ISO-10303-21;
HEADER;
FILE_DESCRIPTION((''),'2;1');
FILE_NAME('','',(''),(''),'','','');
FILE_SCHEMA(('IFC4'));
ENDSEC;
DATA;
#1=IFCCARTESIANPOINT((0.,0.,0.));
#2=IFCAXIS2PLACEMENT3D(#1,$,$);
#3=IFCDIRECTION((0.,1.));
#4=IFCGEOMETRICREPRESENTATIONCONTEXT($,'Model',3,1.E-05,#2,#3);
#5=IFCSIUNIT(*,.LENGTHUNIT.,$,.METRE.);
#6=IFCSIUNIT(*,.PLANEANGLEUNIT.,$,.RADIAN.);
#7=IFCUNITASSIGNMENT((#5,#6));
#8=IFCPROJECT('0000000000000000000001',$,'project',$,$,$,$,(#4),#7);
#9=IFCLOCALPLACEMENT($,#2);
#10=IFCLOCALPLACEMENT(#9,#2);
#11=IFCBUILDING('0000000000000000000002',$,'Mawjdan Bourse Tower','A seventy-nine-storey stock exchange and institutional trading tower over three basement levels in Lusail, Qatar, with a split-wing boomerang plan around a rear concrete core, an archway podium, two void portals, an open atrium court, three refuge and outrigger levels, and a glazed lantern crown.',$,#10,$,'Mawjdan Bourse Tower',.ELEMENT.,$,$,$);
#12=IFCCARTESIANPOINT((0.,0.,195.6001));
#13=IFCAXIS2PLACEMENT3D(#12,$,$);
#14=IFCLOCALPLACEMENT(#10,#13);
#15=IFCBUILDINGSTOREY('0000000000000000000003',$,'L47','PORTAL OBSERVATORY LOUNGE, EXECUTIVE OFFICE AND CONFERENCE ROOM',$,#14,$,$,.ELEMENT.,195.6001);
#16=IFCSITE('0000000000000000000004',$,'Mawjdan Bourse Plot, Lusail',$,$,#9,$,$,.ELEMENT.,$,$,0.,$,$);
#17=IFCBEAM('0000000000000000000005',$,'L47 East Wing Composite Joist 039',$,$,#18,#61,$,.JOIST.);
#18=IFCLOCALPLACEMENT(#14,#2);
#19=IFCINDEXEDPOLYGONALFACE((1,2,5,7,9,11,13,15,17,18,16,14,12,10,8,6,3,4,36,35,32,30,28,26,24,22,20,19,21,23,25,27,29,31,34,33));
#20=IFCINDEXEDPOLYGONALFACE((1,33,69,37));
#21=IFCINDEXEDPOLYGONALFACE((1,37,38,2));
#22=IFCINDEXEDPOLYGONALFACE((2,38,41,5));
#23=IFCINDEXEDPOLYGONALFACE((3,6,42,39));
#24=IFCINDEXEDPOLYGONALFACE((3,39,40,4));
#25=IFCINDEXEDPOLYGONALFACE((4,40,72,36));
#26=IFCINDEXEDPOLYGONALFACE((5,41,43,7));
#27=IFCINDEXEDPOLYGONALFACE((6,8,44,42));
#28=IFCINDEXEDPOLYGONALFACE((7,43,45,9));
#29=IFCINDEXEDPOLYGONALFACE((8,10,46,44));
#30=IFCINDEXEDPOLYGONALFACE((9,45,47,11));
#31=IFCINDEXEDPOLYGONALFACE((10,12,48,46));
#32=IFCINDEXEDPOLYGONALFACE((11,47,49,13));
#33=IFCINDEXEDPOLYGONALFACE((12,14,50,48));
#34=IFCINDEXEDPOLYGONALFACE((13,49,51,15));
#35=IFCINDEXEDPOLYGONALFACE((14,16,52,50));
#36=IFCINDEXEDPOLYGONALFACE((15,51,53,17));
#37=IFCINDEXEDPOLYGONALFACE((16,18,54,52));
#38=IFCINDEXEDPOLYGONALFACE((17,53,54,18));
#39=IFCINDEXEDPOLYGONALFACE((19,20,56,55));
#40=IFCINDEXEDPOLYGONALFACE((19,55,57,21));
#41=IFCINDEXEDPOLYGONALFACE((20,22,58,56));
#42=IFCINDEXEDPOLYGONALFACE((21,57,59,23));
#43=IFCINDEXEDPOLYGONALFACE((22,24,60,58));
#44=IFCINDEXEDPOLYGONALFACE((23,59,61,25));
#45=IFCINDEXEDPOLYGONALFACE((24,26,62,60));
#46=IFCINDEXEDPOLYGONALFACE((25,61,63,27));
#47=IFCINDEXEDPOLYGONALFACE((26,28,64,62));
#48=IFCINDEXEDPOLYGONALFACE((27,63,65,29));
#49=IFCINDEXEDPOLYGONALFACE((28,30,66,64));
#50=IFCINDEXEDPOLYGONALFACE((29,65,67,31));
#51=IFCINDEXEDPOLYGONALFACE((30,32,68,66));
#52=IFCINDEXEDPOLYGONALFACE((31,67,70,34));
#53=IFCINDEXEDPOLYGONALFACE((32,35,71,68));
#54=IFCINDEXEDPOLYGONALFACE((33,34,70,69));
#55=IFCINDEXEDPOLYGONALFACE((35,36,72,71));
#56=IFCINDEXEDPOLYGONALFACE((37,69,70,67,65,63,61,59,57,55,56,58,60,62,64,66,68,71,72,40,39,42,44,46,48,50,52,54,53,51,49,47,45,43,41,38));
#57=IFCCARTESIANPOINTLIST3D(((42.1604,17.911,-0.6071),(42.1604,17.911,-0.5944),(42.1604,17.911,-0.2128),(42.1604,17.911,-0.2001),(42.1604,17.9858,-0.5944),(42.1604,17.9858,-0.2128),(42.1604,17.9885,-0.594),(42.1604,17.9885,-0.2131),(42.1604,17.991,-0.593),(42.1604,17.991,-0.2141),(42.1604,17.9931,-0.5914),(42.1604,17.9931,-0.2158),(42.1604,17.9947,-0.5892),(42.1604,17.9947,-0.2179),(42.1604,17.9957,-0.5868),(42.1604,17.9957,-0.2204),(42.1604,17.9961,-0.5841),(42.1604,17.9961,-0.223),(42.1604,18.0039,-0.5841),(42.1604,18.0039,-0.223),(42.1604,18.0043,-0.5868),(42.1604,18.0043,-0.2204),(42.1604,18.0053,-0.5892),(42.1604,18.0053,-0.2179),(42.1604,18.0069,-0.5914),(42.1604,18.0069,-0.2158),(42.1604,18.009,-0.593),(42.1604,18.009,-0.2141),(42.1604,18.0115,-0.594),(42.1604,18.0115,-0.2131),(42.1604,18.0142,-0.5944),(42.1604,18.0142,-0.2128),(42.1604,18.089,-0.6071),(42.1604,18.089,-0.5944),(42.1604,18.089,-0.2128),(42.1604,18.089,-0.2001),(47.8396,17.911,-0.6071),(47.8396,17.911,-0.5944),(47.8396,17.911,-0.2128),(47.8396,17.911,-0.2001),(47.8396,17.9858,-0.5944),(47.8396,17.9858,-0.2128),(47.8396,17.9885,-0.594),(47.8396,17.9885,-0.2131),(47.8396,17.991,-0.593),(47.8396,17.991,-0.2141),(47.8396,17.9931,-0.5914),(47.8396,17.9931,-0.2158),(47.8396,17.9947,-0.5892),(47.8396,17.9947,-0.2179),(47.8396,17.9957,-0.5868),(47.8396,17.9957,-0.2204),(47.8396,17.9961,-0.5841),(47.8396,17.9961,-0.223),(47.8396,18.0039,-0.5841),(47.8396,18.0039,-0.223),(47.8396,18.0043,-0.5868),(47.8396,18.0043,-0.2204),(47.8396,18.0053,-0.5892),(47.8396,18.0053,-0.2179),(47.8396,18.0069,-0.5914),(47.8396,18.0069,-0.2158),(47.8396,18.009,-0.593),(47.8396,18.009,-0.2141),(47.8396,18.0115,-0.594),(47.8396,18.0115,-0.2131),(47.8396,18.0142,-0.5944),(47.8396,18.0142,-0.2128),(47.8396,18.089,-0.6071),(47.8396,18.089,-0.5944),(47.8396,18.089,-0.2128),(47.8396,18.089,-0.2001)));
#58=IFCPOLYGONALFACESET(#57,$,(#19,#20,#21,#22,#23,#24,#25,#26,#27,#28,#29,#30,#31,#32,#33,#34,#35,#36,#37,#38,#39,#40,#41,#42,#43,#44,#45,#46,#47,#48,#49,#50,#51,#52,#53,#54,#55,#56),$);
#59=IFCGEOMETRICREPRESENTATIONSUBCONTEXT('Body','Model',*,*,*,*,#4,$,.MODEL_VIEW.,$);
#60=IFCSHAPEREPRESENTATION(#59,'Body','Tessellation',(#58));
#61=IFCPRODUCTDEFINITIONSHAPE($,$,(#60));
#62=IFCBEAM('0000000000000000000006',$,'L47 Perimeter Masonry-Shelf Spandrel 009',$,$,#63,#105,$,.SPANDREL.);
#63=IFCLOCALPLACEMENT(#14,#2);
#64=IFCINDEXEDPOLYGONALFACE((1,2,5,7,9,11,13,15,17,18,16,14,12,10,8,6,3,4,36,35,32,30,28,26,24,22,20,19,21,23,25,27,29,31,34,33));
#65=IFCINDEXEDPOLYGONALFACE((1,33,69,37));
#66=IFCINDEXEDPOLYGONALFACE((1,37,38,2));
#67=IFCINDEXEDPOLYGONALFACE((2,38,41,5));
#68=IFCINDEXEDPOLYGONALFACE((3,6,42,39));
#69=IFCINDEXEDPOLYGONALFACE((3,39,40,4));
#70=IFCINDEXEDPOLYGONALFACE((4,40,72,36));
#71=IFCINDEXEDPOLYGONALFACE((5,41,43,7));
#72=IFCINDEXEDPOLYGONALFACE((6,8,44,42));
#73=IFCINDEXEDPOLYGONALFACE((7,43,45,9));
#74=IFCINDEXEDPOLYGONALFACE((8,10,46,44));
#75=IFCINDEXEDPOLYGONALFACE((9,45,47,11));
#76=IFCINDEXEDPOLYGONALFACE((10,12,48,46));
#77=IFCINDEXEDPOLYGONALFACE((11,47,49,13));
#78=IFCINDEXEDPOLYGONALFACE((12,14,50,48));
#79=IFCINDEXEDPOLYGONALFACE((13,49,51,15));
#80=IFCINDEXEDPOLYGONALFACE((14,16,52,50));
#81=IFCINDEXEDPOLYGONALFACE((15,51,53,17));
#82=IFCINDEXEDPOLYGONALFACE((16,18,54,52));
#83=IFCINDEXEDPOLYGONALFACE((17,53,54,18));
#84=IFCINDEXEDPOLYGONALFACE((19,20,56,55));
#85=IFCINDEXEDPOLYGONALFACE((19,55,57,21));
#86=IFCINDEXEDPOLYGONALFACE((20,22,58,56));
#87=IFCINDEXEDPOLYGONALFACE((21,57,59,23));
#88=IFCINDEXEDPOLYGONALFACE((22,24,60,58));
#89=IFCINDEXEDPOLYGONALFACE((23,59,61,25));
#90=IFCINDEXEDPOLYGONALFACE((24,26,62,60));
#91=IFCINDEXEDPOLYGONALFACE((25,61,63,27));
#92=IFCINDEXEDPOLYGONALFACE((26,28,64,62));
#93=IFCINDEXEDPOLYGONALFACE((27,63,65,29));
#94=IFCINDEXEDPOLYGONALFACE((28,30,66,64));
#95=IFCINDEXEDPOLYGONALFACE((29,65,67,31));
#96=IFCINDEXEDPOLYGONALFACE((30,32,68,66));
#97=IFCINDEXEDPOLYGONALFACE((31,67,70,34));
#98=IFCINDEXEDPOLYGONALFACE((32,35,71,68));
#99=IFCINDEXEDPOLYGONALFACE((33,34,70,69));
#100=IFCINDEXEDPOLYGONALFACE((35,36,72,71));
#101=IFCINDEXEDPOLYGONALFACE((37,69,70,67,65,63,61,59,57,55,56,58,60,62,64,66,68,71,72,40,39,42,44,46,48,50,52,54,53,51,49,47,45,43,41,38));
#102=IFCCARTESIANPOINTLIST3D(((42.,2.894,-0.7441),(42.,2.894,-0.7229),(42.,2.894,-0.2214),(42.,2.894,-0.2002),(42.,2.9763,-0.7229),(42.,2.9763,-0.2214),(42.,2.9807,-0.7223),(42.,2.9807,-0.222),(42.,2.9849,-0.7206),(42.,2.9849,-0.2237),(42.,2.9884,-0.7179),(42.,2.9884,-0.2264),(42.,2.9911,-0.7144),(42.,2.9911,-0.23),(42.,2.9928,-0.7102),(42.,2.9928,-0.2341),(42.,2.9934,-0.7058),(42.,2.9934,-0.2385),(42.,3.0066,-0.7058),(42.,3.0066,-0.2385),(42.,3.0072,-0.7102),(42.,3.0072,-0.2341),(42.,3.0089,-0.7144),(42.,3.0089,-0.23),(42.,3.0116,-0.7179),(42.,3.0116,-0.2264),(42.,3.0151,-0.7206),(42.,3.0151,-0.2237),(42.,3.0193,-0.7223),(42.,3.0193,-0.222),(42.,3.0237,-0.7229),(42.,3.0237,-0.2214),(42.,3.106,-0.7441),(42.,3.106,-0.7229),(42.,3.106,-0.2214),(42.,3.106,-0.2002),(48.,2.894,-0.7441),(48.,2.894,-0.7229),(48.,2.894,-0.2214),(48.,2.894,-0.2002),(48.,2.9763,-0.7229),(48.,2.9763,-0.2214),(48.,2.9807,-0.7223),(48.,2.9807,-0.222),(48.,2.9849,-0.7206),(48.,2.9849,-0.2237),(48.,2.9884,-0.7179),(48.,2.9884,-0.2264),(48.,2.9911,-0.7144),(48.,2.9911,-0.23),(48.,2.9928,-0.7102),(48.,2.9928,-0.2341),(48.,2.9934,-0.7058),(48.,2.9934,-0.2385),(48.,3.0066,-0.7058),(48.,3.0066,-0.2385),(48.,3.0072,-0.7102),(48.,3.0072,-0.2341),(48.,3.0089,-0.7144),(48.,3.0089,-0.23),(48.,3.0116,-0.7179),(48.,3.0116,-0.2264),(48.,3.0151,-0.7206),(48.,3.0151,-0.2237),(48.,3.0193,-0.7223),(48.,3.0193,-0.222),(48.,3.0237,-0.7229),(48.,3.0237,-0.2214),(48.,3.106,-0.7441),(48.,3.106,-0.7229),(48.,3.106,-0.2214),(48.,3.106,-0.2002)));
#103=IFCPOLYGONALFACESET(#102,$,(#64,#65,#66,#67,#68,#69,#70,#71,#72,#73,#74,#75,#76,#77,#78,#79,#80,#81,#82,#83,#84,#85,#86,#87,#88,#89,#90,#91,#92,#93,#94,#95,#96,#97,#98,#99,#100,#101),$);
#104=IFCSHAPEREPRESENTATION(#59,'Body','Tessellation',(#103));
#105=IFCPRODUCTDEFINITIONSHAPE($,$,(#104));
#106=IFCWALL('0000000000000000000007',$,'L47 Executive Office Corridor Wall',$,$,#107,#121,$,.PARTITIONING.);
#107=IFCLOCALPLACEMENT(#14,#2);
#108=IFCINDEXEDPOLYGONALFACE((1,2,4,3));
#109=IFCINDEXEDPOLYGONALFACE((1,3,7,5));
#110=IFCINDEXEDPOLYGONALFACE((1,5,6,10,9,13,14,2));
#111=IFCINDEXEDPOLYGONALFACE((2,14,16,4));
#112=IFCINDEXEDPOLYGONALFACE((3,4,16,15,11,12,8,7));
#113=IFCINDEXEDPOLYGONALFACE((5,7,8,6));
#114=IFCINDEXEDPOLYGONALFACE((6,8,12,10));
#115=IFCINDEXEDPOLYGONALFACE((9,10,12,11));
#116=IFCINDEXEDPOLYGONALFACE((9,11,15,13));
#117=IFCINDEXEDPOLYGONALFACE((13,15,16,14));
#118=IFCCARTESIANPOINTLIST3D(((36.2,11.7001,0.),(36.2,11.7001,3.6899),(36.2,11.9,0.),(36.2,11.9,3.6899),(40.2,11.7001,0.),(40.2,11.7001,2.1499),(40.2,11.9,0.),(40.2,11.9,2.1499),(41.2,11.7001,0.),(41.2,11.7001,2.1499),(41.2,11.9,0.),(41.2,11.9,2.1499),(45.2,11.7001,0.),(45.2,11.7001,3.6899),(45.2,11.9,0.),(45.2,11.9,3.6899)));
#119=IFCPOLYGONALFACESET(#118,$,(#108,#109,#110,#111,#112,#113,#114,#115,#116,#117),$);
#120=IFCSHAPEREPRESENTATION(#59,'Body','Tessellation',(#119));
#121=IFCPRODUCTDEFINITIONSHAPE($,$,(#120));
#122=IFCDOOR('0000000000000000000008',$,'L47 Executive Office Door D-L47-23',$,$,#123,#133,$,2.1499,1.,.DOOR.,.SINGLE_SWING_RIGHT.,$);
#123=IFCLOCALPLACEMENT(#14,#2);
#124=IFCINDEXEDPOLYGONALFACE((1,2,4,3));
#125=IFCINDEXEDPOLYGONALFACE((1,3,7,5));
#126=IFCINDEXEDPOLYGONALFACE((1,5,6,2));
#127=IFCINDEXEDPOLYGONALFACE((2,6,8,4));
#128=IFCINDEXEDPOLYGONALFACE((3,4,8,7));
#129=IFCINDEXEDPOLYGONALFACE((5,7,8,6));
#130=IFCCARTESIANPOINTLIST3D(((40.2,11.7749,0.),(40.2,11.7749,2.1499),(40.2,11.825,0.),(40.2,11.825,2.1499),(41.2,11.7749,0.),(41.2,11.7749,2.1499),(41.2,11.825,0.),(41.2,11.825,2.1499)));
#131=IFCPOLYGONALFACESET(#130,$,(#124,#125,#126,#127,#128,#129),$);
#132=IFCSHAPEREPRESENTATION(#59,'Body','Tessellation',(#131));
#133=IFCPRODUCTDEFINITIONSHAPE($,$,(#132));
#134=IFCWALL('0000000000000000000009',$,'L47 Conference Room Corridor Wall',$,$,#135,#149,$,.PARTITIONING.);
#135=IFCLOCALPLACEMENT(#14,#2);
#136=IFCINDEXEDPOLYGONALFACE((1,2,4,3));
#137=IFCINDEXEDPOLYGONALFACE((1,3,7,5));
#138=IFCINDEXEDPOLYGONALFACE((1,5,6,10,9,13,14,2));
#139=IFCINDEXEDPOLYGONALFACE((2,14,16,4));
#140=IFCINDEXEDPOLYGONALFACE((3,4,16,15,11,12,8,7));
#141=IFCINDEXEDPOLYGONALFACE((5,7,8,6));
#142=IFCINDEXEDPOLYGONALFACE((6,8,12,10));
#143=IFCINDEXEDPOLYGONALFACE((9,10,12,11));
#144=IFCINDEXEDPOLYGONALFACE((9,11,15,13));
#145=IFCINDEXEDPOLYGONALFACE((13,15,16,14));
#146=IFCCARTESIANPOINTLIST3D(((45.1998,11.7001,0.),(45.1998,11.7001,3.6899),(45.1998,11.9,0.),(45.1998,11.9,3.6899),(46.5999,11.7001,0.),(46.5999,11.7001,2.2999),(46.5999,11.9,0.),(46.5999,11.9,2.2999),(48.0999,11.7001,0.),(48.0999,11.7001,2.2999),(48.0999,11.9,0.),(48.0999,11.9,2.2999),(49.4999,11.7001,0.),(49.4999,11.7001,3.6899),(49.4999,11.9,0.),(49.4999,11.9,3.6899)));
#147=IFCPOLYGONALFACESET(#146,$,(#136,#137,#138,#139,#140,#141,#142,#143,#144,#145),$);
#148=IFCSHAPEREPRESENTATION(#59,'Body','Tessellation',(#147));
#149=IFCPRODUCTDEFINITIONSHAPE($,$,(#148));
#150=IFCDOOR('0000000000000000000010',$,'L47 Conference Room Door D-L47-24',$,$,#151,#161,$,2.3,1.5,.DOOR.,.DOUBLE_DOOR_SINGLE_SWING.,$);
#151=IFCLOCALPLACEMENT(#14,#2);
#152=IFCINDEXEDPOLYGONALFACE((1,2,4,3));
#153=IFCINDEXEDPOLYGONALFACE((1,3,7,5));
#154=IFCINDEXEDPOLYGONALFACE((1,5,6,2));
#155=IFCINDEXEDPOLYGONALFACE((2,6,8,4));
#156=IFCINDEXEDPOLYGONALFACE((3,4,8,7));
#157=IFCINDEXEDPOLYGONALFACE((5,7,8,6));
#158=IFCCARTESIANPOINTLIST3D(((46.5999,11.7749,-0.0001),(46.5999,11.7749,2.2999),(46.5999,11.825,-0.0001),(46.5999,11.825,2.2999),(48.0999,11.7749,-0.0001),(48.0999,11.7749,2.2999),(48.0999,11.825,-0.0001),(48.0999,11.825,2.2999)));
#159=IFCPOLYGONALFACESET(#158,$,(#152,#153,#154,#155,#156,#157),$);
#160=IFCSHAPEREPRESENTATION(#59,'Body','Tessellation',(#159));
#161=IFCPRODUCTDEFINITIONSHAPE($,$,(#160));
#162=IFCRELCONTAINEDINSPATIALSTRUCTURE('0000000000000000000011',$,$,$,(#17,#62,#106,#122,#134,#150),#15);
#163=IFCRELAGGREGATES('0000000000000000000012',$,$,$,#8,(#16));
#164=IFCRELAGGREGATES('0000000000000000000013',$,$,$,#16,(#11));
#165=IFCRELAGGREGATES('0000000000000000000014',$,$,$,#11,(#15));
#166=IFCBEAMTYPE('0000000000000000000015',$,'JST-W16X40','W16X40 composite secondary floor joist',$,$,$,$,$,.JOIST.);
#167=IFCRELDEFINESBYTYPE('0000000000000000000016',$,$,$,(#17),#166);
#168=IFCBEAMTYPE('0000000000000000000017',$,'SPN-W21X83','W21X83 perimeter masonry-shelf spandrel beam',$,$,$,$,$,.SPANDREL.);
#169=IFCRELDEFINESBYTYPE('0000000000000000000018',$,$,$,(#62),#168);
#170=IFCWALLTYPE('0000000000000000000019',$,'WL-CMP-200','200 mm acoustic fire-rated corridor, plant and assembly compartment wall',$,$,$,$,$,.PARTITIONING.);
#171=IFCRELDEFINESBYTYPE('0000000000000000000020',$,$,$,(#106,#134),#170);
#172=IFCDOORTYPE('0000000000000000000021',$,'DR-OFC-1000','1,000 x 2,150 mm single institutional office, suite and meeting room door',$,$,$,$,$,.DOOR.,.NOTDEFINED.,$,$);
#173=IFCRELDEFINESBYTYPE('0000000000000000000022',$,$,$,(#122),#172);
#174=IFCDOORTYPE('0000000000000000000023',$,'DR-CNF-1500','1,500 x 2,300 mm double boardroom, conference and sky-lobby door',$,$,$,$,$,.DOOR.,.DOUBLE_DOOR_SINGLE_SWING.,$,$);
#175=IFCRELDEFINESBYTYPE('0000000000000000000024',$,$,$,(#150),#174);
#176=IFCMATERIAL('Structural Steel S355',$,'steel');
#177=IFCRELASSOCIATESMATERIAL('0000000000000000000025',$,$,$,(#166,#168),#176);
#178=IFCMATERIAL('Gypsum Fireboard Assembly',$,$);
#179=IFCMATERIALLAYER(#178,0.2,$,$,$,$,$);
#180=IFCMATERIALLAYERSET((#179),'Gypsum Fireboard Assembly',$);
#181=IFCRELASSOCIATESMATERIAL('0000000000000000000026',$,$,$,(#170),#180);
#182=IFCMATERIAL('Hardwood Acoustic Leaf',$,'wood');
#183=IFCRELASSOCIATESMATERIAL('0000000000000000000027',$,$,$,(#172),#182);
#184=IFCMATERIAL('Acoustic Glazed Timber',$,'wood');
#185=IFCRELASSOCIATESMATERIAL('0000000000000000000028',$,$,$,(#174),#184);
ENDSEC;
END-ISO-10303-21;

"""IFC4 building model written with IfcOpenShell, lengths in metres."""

from ifc_helpers import new_model, si_unit, direction, frame, frame_2d, origin, origin_2d, place, context, subcontext, project, spatial, rectangle, i_section, extrude, material, layer, layer_set, material_profile, profile_set, type_object, element, fill, save


model = new_model("IFC4")

# Units and contexts
model_context = context("Model", 3, precision=1e-05, world=origin(), true_north=direction((0.0, 1.0)))
body_context = subcontext(model_context, "Body", "Model", "MODEL_VIEW")
ifc_project = project(units=[si_unit("LENGTHUNIT", "METRE"), si_unit("PLANEANGLEUNIT", "RADIAN")], contexts=[model_context])

# Site, building, storey
site_placement = place(None, origin())
site = spatial("IfcSite", under=ifc_project, at=site_placement, Name="Mawjdan Bourse Plot, Lusail", CompositionType="ELEMENT", RefElevation=0.0)
building_placement = place(site_placement, origin())
building = spatial("IfcBuilding", under=site, at=building_placement, Name="Mawjdan Bourse Tower", Description="A seventy-nine-storey stock exchange and institutional trading tower over three basement levels in Lusail, Qatar, with a split-wing boomerang plan around a rear concrete core, an archway podium, two void portals, an open atrium court, three refuge and outrigger levels, and a glazed lantern crown.", LongName="Mawjdan Bourse Tower", CompositionType="ELEMENT")
storey_placement = place(building_placement, frame((0.0, 0.0, 195.6001)))
storey = spatial("IfcBuildingStorey", under=building, at=storey_placement, Name="L47", Description="PORTAL OBSERVATORY LOUNGE, EXECUTIVE OFFICE AND CONFERENCE ROOM", CompositionType="ELEMENT", Elevation=195.6001)

# Beams
ifc_material_1 = material(Name="Structural Steel S355", Category="steel")
ifc_material_profile_1 = material_profile(ifc_material_1, i_section(OverallWidth=0.178, OverallDepth=0.407, WebThickness=0.0078, FlangeThickness=0.0127, FilletRadius=0.0103, at=origin_2d()), Name="W16X40")
ifc_profile_set_1 = profile_set([ifc_material_profile_1], Name="Structural Steel S355")
beam_type_1 = type_object("IfcBeamType", Name="JST-W16X40", Description="W16X40 composite secondary floor joist", PredefinedType="JOIST", material=ifc_profile_set_1)
beam_1_placement = place(storey_placement, frame((42.1604, 18.0, -0.4036), z_axis=(1.0, 0.0, 0.0), x_axis=(0.0, 1.0, 0.0)))
element("IfcBeam", 1, at=beam_1_placement, inside=storey, type_object=beam_type_1, Name="L47 East Wing Composite Joist 039", PredefinedType="JOIST", context=body_context, shape_type="SweptSolid", body=[
    extrude(i_section(OverallWidth=0.178, OverallDepth=0.407, WebThickness=0.0078, FlangeThickness=0.0127, FilletRadius=0.0103, at=origin_2d()), origin(), (0.0, 0.0, 1.0), 5.6792),
])
ifc_material_profile_2 = material_profile(ifc_material_1, i_section(OverallWidth=0.2119, OverallDepth=0.5439, WebThickness=0.0132, FlangeThickness=0.0212, FilletRadius=0.0171, at=origin_2d()), Name="W21X83")
ifc_profile_set_2 = profile_set([ifc_material_profile_2], Name="Structural Steel S355")
beam_type_2 = type_object("IfcBeamType", Name="SPN-W21X83", Description="W21X83 perimeter masonry-shelf spandrel beam", PredefinedType="SPANDREL", material=ifc_profile_set_2)
beam_2_placement = place(storey_placement, frame((42.0, 3.0, -0.4722), z_axis=(1.0, 0.0, 0.0), x_axis=(0.0, 1.0, 0.0)))
element("IfcBeam", 2, at=beam_2_placement, inside=storey, type_object=beam_type_2, Name="L47 Perimeter Masonry-Shelf Spandrel 009", PredefinedType="SPANDREL", context=body_context, shape_type="SweptSolid", body=[
    extrude(i_section(OverallWidth=0.2119, OverallDepth=0.5439, WebThickness=0.0132, FlangeThickness=0.0212, FilletRadius=0.0171, at=origin_2d()), origin(), (0.0, 0.0, 1.0), 6.0),
])

# Walls, openings, doors
ifc_material_2 = material(Name="Gypsum Fireboard Assembly")
ifc_layer_1 = layer(ifc_material_2, 0.2)
ifc_layer_set_1 = layer_set([ifc_layer_1], Name="Gypsum Fireboard Assembly")
wall_type_1 = type_object("IfcWallType", Name="WL-CMP-200", Description="200 mm acoustic fire-rated corridor, plant and assembly compartment wall", PredefinedType="PARTITIONING", material=ifc_layer_set_1)
wall_1_placement = place(storey_placement, frame((36.2, 11.8, 0.0), z_axis=(0.0, 0.0, 1.0), x_axis=(1.0, 0.0, 0.0)))
wall_1 = element("IfcWall", 3, at=wall_1_placement, inside=storey, type_object=wall_type_1, Name="L47 Executive Office Corridor Wall", PredefinedType="PARTITIONING", context=body_context, shape_type="SweptSolid", body=[
    extrude(rectangle(XDim=9.0, YDim=0.2, at=frame_2d((4.5, 0.0))), origin(), (0.0, 0.0, 1.0), 3.6899),
])
opening_1_placement = place(wall_1_placement, frame((4.0, 0.0, 0.0)))
opening_1 = element("IfcOpeningElement", 4, at=opening_1_placement, cuts=wall_1, PredefinedType="OPENING", context=body_context, shape_type="SweptSolid", body=[
    extrude(rectangle(XDim=1.0, YDim=2.1499, at=frame_2d((0.5, 1.075))), frame((0.0, 0.1099, 0.0), z_axis=(0.0, -1.0, 0.0), x_axis=(1.0, 0.0, 0.0)), (0.0, 0.0, 1.0), 0.22),
])
ifc_material_3 = material(Name="Hardwood Acoustic Leaf", Category="wood")
door_type_1 = type_object("IfcDoorType", Name="DR-OFC-1000", Description="1,000 x 2,150 mm single institutional office, suite and meeting room door", OperationType="NOTDEFINED", PredefinedType="DOOR", material=ifc_material_3)
door_1_placement = place(opening_1_placement, origin())
door_1 = element("IfcDoor", 5, at=door_1_placement, inside=storey, type_object=door_type_1, Name="L47 Executive Office Door D-L47-23", OperationType="SINGLE_SWING_RIGHT", OverallHeight=2.1499, OverallWidth=1.0, PredefinedType="DOOR", context=body_context, shape_type="SweptSolid", body=[
    extrude(rectangle(XDim=1.0, YDim=2.1499, at=frame_2d((0.5, 1.075))), frame((0.0, 0.0249, 0.0), z_axis=(0.0, -1.0, 0.0), x_axis=(1.0, 0.0, 0.0)), (0.0, 0.0, 1.0), 0.05),
])
fill(opening_1, door_1)
wall_2_placement = place(storey_placement, frame((45.2, 11.8, 0.0), z_axis=(0.0, 0.0, 1.0), x_axis=(1.0, 0.0, 0.0)))
wall_2 = element("IfcWall", 6, at=wall_2_placement, inside=storey, type_object=wall_type_1, Name="L47 Conference Room Corridor Wall", PredefinedType="PARTITIONING", context=body_context, shape_type="SweptSolid", body=[
    extrude(rectangle(XDim=4.3, YDim=0.2, at=frame_2d((2.1499, 0.0))), origin(), (0.0, 0.0, 1.0), 3.6899),
])
opening_2_placement = place(wall_2_placement, frame((1.3999, 0.0, 0.0)))
opening_2 = element("IfcOpeningElement", 7, at=opening_2_placement, cuts=wall_2, PredefinedType="OPENING", context=body_context, shape_type="SweptSolid", body=[
    extrude(rectangle(XDim=1.5, YDim=2.3, at=frame_2d((0.75, 1.1499))), frame((0.0, 0.1099, 0.0), z_axis=(0.0, -1.0, 0.0), x_axis=(1.0, 0.0, 0.0)), (0.0, 0.0, 1.0), 0.22),
])
ifc_material_4 = material(Name="Acoustic Glazed Timber", Category="wood")
door_type_2 = type_object("IfcDoorType", Name="DR-CNF-1500", Description="1,500 x 2,300 mm double boardroom, conference and sky-lobby door", OperationType="DOUBLE_DOOR_SINGLE_SWING", PredefinedType="DOOR", material=ifc_material_4)
door_2_placement = place(opening_2_placement, origin())
door_2 = element("IfcDoor", 8, at=door_2_placement, inside=storey, type_object=door_type_2, Name="L47 Conference Room Door D-L47-24", OperationType="DOUBLE_DOOR_SINGLE_SWING", OverallHeight=2.3, OverallWidth=1.5, PredefinedType="DOOR", context=body_context, shape_type="SweptSolid", body=[
    extrude(rectangle(XDim=1.5, YDim=2.3, at=frame_2d((0.75, 1.1499))), frame((0.0, 0.0249, 0.0), z_axis=(0.0, -1.0, 0.0), x_axis=(1.0, 0.0, 0.0)), (0.0, 0.0, 1.0), 0.05),
])
fill(opening_2, door_2)

save(model, "model.ifc")
